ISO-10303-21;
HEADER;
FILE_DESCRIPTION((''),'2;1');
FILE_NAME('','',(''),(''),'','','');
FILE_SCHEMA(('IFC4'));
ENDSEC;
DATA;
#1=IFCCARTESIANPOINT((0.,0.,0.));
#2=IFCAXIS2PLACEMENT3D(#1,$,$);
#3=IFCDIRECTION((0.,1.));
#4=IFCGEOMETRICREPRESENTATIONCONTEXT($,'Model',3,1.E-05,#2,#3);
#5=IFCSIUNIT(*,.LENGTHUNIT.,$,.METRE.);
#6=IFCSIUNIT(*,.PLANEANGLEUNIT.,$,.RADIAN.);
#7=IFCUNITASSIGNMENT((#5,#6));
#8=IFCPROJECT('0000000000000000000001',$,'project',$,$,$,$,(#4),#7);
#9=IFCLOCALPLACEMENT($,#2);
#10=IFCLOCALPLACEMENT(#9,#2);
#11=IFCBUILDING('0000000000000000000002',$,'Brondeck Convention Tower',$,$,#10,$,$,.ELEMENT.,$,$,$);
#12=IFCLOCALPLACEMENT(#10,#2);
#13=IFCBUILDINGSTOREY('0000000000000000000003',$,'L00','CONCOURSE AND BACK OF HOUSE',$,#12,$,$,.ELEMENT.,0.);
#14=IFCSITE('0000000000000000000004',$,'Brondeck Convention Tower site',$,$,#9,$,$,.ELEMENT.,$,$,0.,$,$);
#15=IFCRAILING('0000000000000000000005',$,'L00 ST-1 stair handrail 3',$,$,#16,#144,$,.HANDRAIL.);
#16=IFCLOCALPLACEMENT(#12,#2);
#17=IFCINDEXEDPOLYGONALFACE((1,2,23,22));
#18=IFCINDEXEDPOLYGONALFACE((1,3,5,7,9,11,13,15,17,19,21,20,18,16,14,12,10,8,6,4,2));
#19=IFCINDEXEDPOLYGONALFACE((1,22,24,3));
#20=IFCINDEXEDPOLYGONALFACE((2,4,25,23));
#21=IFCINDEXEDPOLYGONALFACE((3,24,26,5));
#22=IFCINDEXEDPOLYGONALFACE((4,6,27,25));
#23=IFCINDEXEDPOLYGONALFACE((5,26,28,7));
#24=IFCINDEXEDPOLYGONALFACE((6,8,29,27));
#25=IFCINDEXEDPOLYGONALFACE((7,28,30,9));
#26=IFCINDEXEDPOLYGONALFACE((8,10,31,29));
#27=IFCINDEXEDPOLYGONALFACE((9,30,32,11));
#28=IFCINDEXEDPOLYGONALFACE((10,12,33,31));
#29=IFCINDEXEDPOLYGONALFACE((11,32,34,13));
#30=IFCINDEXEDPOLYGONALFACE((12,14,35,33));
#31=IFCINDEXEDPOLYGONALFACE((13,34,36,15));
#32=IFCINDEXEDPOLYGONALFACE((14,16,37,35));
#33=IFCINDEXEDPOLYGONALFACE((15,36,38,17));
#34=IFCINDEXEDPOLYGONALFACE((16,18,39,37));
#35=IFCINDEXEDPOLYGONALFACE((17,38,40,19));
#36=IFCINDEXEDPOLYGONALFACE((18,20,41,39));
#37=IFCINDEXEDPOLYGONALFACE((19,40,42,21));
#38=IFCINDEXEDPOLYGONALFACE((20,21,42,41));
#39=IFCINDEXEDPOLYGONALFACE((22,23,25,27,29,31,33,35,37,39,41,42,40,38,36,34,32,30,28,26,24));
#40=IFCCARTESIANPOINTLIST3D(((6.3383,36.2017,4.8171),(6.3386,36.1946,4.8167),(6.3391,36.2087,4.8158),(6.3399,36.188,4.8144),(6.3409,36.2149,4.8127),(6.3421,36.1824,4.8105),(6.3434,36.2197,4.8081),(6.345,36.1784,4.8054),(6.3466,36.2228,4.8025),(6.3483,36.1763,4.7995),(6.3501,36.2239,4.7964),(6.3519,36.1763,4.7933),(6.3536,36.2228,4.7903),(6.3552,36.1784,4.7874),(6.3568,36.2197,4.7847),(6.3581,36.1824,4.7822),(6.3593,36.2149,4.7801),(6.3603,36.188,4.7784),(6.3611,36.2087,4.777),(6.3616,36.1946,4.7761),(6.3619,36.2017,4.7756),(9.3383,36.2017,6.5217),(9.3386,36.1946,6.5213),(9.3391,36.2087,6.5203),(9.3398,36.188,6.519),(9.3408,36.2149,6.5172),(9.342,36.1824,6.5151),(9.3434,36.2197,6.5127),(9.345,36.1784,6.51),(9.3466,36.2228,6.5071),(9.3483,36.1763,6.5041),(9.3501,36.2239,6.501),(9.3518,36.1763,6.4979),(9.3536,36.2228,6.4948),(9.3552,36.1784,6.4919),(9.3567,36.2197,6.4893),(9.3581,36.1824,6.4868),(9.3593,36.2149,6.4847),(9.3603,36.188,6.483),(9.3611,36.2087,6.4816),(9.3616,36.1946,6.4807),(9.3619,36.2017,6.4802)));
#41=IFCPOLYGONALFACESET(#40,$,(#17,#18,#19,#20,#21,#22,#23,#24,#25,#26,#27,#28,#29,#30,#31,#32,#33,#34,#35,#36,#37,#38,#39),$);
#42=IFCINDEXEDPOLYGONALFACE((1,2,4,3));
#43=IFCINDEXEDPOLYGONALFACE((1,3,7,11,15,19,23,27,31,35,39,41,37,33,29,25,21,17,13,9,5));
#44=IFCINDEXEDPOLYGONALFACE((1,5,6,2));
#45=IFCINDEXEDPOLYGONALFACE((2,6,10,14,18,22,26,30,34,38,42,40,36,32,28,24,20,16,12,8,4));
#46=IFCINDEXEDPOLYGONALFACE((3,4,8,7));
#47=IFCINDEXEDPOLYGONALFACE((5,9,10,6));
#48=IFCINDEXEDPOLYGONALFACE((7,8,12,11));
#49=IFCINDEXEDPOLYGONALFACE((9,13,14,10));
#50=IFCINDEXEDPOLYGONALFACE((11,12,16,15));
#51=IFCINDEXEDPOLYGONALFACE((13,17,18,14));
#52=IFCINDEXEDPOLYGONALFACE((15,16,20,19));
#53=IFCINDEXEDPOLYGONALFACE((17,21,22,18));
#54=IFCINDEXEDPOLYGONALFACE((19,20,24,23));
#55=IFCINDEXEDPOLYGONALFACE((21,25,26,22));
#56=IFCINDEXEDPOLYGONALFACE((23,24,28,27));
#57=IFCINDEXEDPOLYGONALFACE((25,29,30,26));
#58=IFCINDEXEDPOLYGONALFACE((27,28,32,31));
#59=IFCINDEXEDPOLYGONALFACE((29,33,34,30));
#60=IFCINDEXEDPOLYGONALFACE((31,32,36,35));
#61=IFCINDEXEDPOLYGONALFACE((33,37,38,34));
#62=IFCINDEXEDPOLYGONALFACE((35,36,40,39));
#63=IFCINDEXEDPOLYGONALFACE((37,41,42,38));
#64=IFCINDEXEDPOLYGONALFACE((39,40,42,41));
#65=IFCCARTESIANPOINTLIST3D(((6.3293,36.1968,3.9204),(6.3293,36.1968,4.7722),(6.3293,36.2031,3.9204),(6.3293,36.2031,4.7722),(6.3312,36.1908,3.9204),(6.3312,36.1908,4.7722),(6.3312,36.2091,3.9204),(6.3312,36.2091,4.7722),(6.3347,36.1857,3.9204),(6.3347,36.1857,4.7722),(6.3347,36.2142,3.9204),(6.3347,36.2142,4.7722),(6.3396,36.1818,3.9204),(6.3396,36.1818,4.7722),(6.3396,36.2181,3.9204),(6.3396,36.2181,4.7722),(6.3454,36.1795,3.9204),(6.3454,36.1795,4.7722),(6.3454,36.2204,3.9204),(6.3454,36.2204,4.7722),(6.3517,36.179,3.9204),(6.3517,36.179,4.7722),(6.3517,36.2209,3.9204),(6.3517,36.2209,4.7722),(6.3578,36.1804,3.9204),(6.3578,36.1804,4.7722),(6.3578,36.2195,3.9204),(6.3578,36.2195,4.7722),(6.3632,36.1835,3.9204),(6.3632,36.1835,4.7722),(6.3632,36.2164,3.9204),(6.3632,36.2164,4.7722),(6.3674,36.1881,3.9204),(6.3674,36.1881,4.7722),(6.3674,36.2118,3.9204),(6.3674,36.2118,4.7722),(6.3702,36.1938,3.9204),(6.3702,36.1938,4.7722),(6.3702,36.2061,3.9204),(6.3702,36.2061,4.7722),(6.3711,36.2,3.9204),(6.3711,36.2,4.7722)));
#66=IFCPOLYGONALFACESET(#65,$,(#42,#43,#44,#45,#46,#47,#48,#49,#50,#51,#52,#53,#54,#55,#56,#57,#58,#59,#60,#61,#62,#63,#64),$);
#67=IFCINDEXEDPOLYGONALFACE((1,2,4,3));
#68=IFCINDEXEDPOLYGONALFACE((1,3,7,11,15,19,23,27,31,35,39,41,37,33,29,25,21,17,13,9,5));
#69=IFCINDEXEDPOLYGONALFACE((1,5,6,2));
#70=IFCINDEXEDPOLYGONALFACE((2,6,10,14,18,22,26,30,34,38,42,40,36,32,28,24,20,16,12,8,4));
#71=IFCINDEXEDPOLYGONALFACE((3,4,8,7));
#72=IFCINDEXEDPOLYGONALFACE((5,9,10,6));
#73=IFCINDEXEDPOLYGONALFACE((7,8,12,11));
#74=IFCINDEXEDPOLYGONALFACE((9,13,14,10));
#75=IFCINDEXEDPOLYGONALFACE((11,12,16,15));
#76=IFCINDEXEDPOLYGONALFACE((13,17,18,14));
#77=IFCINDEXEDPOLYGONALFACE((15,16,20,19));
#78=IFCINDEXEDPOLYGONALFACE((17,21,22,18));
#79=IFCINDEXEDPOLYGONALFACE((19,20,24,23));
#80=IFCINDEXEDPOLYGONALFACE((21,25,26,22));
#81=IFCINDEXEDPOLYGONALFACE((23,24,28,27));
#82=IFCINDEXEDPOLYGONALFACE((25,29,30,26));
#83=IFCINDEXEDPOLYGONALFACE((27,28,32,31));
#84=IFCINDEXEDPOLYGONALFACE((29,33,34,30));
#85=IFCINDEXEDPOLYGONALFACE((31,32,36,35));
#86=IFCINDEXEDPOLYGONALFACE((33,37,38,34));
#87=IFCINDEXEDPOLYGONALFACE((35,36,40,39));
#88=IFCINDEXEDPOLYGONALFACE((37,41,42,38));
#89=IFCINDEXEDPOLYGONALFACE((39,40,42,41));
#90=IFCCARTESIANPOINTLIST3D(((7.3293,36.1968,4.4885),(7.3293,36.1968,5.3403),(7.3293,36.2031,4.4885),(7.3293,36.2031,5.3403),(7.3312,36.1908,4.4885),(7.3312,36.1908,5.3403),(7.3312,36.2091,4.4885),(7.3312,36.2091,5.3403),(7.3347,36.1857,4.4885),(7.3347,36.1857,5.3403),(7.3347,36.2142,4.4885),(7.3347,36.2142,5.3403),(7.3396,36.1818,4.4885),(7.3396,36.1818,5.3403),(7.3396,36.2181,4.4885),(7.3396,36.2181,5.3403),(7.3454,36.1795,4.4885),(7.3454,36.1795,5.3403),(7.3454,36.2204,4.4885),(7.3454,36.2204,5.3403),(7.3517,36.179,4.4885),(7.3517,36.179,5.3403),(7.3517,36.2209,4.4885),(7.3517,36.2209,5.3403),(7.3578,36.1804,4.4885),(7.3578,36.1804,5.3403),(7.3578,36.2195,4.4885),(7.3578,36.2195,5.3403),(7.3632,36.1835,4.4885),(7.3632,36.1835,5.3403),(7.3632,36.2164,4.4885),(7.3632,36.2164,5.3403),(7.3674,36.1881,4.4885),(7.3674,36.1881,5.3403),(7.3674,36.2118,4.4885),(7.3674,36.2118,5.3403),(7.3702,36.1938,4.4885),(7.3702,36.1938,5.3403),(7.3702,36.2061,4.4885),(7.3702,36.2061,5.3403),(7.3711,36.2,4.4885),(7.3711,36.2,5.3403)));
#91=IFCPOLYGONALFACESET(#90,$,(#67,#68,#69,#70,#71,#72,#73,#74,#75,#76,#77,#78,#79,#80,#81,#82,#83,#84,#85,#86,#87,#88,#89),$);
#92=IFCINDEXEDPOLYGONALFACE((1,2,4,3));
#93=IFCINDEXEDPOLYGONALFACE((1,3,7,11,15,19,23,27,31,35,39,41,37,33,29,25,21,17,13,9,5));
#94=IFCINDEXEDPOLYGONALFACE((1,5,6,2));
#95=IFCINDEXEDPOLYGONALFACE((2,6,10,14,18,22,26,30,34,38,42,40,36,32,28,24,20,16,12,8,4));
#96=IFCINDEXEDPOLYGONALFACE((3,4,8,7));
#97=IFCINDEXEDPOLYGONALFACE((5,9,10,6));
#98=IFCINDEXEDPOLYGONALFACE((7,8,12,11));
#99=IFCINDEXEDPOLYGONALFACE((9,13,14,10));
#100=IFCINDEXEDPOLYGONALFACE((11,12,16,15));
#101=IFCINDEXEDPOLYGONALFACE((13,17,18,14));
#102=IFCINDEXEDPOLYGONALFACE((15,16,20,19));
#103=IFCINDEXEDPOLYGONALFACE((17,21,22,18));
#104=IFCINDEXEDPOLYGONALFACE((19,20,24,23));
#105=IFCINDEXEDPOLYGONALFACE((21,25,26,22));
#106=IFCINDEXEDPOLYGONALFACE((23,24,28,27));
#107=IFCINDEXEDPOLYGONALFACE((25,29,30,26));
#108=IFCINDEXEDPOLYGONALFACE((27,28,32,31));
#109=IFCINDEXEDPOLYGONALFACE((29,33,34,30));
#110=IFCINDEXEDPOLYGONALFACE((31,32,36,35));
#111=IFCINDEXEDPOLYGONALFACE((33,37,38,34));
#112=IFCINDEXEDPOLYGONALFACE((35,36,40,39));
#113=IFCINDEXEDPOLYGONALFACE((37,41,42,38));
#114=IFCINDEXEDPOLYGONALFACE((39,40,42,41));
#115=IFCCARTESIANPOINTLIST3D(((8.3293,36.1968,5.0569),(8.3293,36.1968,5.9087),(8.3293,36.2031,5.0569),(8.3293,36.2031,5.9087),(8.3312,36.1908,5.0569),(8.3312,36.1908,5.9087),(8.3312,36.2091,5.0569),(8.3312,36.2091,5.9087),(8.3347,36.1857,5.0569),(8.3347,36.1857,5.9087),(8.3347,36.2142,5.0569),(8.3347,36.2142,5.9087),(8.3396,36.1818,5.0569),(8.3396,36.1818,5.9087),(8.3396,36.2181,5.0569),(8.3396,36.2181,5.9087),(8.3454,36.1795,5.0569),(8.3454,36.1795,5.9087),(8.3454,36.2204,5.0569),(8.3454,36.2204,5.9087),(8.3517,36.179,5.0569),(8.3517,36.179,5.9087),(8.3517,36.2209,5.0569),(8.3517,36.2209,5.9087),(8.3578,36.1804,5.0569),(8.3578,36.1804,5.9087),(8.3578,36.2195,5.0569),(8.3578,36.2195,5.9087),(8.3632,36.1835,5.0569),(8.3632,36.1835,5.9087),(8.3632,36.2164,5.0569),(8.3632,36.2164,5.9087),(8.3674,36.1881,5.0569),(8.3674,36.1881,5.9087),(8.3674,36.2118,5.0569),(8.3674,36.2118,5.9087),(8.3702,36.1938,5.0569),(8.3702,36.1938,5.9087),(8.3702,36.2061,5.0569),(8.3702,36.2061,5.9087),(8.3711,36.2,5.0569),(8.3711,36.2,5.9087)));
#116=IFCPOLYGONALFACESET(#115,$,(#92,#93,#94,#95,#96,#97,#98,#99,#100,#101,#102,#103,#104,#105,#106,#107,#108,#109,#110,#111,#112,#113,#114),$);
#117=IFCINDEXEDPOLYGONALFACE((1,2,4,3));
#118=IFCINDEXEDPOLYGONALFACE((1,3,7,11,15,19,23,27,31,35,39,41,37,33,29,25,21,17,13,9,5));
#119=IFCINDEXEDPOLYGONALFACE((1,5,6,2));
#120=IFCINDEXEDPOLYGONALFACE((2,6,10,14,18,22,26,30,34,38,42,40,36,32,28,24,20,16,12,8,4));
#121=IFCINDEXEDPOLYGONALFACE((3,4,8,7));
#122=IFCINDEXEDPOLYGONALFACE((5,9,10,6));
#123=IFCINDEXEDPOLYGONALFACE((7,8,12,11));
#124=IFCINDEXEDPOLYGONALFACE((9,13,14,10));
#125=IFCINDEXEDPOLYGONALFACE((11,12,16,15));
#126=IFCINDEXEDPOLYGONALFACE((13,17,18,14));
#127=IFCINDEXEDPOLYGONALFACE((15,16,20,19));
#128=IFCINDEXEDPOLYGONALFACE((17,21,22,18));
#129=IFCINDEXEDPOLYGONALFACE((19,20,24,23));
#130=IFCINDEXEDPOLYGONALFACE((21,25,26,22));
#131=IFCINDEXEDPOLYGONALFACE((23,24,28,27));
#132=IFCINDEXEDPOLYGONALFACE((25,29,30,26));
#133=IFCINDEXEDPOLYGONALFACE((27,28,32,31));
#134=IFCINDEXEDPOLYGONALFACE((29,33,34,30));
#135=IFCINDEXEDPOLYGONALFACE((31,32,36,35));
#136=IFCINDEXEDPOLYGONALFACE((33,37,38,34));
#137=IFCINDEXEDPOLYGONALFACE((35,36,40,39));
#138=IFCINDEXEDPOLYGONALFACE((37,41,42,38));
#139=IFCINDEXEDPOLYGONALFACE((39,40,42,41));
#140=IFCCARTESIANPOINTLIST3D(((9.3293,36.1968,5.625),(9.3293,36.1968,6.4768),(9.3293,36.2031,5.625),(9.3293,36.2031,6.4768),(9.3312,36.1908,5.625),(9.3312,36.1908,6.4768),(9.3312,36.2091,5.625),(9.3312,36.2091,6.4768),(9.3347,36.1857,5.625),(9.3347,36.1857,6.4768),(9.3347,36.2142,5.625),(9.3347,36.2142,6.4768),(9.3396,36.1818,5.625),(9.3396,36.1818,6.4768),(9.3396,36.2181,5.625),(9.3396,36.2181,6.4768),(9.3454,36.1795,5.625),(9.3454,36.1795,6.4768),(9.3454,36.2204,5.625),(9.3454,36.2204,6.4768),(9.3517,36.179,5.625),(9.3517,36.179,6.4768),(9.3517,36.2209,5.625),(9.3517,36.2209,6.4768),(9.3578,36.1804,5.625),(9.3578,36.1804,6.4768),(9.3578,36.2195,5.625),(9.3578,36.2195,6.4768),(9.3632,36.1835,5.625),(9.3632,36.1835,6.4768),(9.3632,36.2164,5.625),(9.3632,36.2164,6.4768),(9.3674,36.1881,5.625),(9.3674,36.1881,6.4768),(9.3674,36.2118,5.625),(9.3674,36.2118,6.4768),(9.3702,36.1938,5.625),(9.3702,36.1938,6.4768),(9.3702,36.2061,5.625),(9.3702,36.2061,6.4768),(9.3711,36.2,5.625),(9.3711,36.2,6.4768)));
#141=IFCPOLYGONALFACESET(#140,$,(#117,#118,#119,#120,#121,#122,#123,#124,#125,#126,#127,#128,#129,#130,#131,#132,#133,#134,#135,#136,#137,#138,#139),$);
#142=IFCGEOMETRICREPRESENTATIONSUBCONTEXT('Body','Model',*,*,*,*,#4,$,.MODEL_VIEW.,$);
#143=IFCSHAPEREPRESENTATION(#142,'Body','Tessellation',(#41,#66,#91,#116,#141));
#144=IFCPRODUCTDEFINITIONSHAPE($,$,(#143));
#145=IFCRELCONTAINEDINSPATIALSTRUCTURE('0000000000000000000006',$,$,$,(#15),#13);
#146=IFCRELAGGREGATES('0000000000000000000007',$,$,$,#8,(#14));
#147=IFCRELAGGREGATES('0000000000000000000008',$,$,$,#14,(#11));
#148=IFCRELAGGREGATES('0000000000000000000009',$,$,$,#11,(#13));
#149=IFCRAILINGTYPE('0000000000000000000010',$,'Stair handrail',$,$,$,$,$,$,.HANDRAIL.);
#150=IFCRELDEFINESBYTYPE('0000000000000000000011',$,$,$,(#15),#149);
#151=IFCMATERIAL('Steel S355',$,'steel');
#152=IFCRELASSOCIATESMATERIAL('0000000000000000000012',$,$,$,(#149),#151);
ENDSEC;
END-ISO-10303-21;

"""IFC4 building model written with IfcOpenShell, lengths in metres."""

from ifc_helpers import new_model, si_unit, direction, frame, origin, origin_2d, place, context, subcontext, project, spatial, circle, extrude, material, type_object, element, save


model = new_model("IFC4")

# Units and contexts
model_context = context("Model", 3, precision=1e-05, world=origin(), true_north=direction((0.0, 1.0)))
body_context = subcontext(model_context, "Body", "Model", "MODEL_VIEW")
ifc_project = project(units=[si_unit("LENGTHUNIT", "METRE"), si_unit("PLANEANGLEUNIT", "RADIAN")], contexts=[model_context])

# Site, building, storey
site_placement = place(None, origin())
site = spatial("IfcSite", under=ifc_project, at=site_placement, Name="Brondeck Convention Tower site", CompositionType="ELEMENT", RefElevation=0.0)
building_placement = place(site_placement, origin())
building = spatial("IfcBuilding", under=site, at=building_placement, Name="Brondeck Convention Tower", CompositionType="ELEMENT")
storey_placement = place(building_placement, origin())
storey = spatial("IfcBuildingStorey", under=building, at=storey_placement, Name="L00", Description="CONCOURSE AND BACK OF HOUSE", CompositionType="ELEMENT", Elevation=0.0)

# Railing
ifc_material_1 = material(Name="Steel S355", Category="steel")
railing_type_1 = type_object("IfcRailingType", Name="Stair handrail", PredefinedType="HANDRAIL", material=ifc_material_1)
for number, where, name in (
    (1, (6.3501, 36.2, 3.9204), "L00 ST-1 stair handrail 3"),
):
    element("IfcRailing", number, at=place(storey_placement, frame(where)), inside=storey, type_object=railing_type_1, Name=name, PredefinedType="HANDRAIL", context=body_context, shape_type="SweptSolid", body=[
        extrude(circle(Radius=0.0239, at=origin_2d()), frame((0.0, 0.0, 0.876), z_axis=(0.869451, 0.0, 0.494019), x_axis=(0.0, 1.0, 0.0)), (0.0, 0.0, 1.0), 3.4504),
        extrude(circle(Radius=0.021, at=origin_2d()), origin(), (0.0, 0.0, 1.0), 0.8518),
        extrude(circle(Radius=0.021, at=origin_2d()), frame((1.0, 0.0, 0.5681)), (0.0, 0.0, 1.0), 0.8518),
        extrude(circle(Radius=0.021, at=origin_2d()), frame((2.0, 0.0, 1.1365)), (0.0, 0.0, 1.0), 0.8518),
        extrude(circle(Radius=0.021, at=origin_2d()), frame((3.0, 0.0, 1.7046)), (0.0, 0.0, 1.0), 0.8518),
    ])

save(model, "model.ifc")
